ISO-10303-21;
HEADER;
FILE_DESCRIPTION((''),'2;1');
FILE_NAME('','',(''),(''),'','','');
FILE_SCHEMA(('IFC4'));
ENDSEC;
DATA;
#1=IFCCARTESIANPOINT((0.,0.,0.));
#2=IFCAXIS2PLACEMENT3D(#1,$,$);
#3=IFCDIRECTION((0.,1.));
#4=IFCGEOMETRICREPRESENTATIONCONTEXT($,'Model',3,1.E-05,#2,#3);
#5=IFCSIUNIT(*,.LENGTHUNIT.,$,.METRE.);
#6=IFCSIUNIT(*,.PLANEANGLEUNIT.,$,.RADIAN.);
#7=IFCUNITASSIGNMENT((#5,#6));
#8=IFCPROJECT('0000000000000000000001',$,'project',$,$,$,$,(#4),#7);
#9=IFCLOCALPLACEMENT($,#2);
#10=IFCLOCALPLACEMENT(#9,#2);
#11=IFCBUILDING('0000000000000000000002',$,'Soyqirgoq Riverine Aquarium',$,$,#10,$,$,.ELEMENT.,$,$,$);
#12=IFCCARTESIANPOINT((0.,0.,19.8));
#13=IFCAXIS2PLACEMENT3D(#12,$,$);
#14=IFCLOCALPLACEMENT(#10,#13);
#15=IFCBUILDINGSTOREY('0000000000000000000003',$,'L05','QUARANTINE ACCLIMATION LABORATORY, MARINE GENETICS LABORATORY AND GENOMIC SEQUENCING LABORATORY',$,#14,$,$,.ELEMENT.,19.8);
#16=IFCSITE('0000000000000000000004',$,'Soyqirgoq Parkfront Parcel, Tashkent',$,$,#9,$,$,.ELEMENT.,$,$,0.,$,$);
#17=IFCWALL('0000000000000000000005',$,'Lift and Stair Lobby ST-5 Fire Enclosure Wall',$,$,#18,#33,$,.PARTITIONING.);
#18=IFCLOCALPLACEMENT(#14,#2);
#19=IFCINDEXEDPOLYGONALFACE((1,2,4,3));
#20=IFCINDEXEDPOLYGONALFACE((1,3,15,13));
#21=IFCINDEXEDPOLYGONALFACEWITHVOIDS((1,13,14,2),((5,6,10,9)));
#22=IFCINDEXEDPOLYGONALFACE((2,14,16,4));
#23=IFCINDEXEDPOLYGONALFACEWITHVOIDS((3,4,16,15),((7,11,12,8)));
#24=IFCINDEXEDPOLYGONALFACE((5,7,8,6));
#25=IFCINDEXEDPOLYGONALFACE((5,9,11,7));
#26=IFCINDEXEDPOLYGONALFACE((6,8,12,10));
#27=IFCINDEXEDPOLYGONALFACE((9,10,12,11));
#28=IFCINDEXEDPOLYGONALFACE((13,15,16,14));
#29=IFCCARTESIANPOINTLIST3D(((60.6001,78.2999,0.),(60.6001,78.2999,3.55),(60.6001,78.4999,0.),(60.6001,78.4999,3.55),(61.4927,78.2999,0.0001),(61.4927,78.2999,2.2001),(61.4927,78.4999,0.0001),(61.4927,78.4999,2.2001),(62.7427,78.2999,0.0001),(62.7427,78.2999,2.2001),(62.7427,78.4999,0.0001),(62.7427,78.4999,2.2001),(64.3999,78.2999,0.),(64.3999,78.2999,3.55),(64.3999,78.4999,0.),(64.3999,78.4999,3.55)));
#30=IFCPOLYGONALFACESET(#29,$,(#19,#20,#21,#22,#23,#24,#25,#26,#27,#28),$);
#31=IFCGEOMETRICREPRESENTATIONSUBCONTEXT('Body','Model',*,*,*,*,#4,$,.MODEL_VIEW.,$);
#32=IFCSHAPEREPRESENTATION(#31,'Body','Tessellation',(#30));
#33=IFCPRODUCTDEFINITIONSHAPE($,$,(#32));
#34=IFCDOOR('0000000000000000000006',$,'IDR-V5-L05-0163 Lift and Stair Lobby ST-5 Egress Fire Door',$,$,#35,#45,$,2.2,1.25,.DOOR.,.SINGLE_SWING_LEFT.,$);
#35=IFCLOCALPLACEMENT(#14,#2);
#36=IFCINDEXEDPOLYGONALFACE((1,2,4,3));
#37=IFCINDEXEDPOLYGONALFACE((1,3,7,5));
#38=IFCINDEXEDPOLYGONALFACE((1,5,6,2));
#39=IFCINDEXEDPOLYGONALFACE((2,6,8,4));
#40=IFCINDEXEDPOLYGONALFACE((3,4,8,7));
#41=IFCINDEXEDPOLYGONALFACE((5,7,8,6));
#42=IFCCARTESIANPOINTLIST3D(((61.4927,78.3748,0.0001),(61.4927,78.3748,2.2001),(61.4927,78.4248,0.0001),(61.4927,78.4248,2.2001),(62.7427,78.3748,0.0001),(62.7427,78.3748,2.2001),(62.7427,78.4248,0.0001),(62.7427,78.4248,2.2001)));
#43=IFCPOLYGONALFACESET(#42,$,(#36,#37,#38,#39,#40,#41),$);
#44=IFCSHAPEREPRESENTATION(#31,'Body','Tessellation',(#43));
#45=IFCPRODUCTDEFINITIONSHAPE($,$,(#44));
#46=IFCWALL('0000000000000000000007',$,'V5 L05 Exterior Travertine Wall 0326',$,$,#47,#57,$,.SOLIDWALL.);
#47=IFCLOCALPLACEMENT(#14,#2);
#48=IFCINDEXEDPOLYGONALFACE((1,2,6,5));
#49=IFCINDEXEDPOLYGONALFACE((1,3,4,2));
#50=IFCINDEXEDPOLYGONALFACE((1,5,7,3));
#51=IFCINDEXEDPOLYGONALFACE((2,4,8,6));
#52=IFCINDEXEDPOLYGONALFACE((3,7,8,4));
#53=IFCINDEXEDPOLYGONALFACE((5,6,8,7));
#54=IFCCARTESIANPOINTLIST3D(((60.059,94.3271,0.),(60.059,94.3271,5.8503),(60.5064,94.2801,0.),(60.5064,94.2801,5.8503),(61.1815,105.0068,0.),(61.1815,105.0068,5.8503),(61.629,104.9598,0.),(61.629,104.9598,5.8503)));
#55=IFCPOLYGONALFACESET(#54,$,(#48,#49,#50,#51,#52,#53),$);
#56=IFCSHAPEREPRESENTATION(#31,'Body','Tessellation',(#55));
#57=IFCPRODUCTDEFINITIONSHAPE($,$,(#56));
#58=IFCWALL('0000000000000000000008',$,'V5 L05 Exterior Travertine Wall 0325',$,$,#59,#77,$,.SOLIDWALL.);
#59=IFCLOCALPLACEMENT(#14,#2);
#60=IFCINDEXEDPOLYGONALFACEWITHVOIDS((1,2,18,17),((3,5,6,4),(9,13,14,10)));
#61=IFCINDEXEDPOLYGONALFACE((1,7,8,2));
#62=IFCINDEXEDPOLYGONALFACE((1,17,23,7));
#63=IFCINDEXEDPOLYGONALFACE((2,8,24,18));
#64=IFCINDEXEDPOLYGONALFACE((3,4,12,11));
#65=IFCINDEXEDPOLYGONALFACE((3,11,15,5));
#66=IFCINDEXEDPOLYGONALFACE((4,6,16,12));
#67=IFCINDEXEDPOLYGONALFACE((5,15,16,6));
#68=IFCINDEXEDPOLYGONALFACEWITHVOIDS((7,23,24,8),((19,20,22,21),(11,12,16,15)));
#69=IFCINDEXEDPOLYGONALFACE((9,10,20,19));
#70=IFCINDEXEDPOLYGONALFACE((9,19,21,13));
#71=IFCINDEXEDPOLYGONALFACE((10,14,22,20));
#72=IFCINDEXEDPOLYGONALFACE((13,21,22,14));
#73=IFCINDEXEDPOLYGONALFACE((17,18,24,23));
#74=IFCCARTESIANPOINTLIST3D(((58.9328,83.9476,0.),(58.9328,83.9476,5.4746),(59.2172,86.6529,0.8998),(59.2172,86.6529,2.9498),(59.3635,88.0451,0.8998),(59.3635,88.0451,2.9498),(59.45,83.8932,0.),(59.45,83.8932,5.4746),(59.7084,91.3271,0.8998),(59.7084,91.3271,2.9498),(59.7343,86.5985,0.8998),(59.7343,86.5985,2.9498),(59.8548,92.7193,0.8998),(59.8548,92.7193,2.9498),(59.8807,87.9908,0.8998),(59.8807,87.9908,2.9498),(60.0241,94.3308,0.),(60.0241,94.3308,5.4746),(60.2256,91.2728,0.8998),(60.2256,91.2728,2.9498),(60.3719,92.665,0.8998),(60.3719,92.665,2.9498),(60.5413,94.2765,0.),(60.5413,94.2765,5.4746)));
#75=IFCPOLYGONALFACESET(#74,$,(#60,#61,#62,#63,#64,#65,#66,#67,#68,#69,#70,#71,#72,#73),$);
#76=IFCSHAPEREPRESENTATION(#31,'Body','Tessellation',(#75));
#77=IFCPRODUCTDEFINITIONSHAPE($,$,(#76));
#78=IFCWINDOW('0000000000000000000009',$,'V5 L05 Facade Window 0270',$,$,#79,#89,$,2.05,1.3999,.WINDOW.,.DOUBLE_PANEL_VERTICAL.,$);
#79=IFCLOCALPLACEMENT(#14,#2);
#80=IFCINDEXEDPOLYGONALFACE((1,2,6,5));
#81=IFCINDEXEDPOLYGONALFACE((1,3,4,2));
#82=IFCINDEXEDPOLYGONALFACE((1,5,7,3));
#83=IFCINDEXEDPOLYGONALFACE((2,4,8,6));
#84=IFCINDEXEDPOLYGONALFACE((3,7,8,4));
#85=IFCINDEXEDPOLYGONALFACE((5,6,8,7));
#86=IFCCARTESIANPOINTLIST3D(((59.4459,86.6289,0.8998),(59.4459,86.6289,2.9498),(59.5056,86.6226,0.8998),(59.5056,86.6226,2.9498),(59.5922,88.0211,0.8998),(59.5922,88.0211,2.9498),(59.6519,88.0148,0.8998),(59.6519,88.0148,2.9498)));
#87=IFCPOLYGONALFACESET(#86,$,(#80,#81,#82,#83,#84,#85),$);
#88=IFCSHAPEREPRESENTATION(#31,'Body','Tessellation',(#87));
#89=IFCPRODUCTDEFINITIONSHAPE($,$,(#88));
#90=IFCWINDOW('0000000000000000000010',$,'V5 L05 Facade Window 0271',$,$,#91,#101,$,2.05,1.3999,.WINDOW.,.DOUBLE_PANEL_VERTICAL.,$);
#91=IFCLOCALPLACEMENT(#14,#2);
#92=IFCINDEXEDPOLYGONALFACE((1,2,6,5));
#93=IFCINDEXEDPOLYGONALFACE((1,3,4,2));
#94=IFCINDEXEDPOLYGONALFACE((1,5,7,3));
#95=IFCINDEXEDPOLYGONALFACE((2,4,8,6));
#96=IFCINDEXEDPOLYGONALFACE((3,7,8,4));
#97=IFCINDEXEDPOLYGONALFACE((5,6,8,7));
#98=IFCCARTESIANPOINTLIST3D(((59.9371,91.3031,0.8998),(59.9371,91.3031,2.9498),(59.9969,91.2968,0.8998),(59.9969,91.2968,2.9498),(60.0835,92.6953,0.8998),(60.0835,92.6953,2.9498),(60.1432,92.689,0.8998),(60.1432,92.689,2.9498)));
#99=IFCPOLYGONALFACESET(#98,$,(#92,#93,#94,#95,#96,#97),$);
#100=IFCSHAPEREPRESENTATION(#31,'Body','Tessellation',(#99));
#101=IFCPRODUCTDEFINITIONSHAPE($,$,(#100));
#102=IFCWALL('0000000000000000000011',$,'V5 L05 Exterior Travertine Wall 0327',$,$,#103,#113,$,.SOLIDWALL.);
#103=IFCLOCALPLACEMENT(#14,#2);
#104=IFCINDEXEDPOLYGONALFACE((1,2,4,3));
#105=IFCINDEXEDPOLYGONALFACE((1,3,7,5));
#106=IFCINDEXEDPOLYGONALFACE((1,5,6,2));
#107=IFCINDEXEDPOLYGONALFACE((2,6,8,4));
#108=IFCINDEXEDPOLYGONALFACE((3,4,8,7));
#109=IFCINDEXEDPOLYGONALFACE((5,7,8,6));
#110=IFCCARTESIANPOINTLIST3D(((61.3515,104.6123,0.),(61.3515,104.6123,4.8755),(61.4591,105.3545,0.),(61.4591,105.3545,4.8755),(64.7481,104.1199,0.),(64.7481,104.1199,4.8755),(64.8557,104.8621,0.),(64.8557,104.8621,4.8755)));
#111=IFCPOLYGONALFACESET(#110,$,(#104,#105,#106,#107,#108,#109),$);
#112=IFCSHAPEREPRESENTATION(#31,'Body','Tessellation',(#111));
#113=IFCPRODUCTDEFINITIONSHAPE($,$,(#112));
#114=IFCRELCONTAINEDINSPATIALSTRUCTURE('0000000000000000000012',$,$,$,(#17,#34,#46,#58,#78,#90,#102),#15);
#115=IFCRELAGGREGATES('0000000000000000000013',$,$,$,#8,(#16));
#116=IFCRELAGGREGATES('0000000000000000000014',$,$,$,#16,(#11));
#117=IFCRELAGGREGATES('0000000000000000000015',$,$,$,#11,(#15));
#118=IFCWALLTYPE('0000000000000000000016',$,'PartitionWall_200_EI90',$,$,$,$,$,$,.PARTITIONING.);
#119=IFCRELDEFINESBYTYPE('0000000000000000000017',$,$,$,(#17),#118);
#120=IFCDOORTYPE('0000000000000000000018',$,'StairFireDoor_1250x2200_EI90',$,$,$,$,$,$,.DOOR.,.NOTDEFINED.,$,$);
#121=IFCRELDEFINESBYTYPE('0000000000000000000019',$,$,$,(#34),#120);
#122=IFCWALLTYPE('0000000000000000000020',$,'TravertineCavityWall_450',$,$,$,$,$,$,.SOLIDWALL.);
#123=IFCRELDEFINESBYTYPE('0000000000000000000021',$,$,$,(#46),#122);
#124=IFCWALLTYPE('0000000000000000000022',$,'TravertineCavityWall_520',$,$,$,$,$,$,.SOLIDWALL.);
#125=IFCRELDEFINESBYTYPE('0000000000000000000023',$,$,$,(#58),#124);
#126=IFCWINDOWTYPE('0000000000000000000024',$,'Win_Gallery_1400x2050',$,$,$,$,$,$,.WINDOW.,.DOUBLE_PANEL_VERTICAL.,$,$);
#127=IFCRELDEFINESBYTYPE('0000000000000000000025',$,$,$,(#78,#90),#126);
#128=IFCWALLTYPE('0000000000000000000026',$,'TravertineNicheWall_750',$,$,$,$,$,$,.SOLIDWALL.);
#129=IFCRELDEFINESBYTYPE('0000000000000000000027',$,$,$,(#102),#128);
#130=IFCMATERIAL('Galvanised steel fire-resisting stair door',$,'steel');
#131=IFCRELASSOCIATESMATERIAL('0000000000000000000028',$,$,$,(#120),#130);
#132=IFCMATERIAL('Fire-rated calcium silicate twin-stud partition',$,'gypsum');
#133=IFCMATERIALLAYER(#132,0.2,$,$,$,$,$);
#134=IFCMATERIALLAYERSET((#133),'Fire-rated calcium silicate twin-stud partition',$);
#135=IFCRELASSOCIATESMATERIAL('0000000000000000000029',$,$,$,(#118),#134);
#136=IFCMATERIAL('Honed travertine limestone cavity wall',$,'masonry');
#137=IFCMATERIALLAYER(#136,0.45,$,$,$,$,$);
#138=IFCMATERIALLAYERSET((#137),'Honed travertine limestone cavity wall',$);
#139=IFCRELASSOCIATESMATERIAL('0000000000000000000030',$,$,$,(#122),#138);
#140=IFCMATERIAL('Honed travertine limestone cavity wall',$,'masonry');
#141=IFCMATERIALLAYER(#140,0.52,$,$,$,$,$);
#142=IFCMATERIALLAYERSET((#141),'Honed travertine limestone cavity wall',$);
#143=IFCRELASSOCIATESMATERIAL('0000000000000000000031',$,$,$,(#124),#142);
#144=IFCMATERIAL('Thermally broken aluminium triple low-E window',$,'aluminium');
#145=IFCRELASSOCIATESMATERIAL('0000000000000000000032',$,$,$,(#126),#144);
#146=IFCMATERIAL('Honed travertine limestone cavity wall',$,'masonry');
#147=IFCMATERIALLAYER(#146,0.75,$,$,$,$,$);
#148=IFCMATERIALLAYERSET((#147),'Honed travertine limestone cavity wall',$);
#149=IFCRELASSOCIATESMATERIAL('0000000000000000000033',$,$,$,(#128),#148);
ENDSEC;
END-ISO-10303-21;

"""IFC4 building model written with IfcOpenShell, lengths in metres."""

from ifc_helpers import new_model, si_unit, direction, frame, frame_2d, origin, place, context, subcontext, project, spatial, rectangle, extrude, material, layer, layer_set, type_object, element, fill, save


model = new_model("IFC4")

# Units and contexts
model_context = context("Model", 3, precision=1e-05, world=origin(), true_north=direction((0.0, 1.0)))
body_context = subcontext(model_context, "Body", "Model", "MODEL_VIEW")
ifc_project = project(units=[si_unit("LENGTHUNIT", "METRE"), si_unit("PLANEANGLEUNIT", "RADIAN")], contexts=[model_context])

# Site, building, storey
site_placement = place(None, origin())
site = spatial("IfcSite", under=ifc_project, at=site_placement, Name="Soyqirgoq Parkfront Parcel, Tashkent", CompositionType="ELEMENT", RefElevation=0.0)
building_placement = place(site_placement, origin())
building = spatial("IfcBuilding", under=site, at=building_placement, Name="Soyqirgoq Riverine Aquarium", CompositionType="ELEMENT")
storey_placement = place(building_placement, frame((0.0, 0.0, 19.8)))
storey = spatial("IfcBuildingStorey", under=building, at=storey_placement, Name="L05", Description="QUARANTINE ACCLIMATION LABORATORY, MARINE GENETICS LABORATORY AND GENOMIC SEQUENCING LABORATORY", CompositionType="ELEMENT", Elevation=19.8)

# Shared definitions
ifc_material_1 = material(Name="Galvanised steel fire-resisting stair door", Category="steel")
door_type = type_object("IfcDoorType", Name="StairFireDoor_1250x2200_EI90", OperationType="NOTDEFINED", PredefinedType="DOOR", material=ifc_material_1)

# Wall, opening, door
ifc_material_2 = material(Name="Fire-rated calcium silicate twin-stud partition", Category="gypsum")
ifc_layer_1 = layer(ifc_material_2, 0.2)
ifc_layer_set_1 = layer_set([ifc_layer_1], Name="Fire-rated calcium silicate twin-stud partition")
wall_type_1 = type_object("IfcWallType", Name="PartitionWall_200_EI90", PredefinedType="PARTITIONING", material=ifc_layer_set_1)
wall_1_placement = place(storey_placement, frame((60.6001, 78.3999, 0.0), z_axis=(0.0, 0.0, 1.0), x_axis=(1.0, 0.0, 0.0)))
wall_1 = element("IfcWall", 1, at=wall_1_placement, inside=storey, type_object=wall_type_1, Name="Lift and Stair Lobby ST-5 Fire Enclosure Wall", PredefinedType="PARTITIONING", context=body_context, shape_type="SweptSolid", body=[
    extrude(rectangle(XDim=3.7998, YDim=0.2, at=frame_2d((1.8999, 0.0))), origin(), (0.0, 0.0, 1.0), 3.55),
])
opening_1_placement = place(wall_1_placement, frame((0.8926, 0.0, 0.0)))
opening_1 = element("IfcOpeningElement", 2, at=opening_1_placement, cuts=wall_1, PredefinedType="OPENING", context=body_context, shape_type="SweptSolid", body=[
    extrude(rectangle(XDim=1.25, YDim=2.2, at=frame_2d((0.625, 1.1001))), frame((0.0, 0.1099, 0.0), z_axis=(0.0, -1.0, 0.0), x_axis=(1.0, 0.0, 0.0)), (0.0, 0.0, 1.0), 0.22),
])
door_1_placement = place(opening_1_placement, origin())
door_1 = element("IfcDoor", 3, at=door_1_placement, inside=storey, type_object=door_type, Name="IDR-V5-L05-0163 Lift and Stair Lobby ST-5 Egress Fire Door", OperationType="SINGLE_SWING_LEFT", OverallHeight=2.2, OverallWidth=1.25, PredefinedType="DOOR", context=body_context, shape_type="SweptSolid", body=[
    extrude(rectangle(XDim=1.25, YDim=2.2, at=frame_2d((0.625, 1.1001))), frame((0.0, 0.0249, 0.0), z_axis=(0.0, -1.0, 0.0), x_axis=(1.0, 0.0, 0.0)), (0.0, 0.0, 1.0), 0.05),
])
fill(opening_1, door_1)

# Wall
ifc_material_3 = material(Name="Honed travertine limestone cavity wall", Category="masonry")
ifc_layer_2 = layer(ifc_material_3, 0.45)
ifc_layer_set_2 = layer_set([ifc_layer_2], Name="Honed travertine limestone cavity wall")
wall_type_2 = type_object("IfcWallType", Name="TravertineCavityWall_450", PredefinedType="SOLIDWALL", material=ifc_layer_set_2)
wall_2_placement = place(storey_placement, frame((60.2827, 94.3037, 0.0), z_axis=(0.0, 0.0, 1.0), x_axis=(0.104536, 0.994521, 0.0)))
element("IfcWall", 4, at=wall_2_placement, inside=storey, type_object=wall_type_2, Name="V5 L05 Exterior Travertine Wall 0326", PredefinedType="SOLIDWALL", context=body_context, shape_type="SweptSolid", body=[
    extrude(rectangle(XDim=10.7385, YDim=0.45, at=frame_2d((5.3691, 0.0))), origin(), (0.0, 0.0, 1.0), 5.8503),
])

# Wall, openings, windows
ifc_material_4 = material(Name="Honed travertine limestone cavity wall", Category="masonry")
ifc_layer_3 = layer(ifc_material_4, 0.52)
ifc_layer_set_3 = layer_set([ifc_layer_3], Name="Honed travertine limestone cavity wall")
wall_type_3 = type_object("IfcWallType", Name="TravertineCavityWall_520", PredefinedType="SOLIDWALL", material=ifc_layer_set_3)
wall_3_placement = place(storey_placement, frame((59.1914, 83.9204, 0.0), z_axis=(0.0, 0.0, 1.0), x_axis=(0.104527, 0.994522, 0.0)))
wall_3 = element("IfcWall", 5, at=wall_3_placement, inside=storey, type_object=wall_type_3, Name="V5 L05 Exterior Travertine Wall 0325", PredefinedType="SOLIDWALL", context=body_context, shape_type="SweptSolid", body=[
    extrude(rectangle(XDim=10.4404, YDim=0.52, at=frame_2d((5.2202, 0.0))), origin(), (0.0, 0.0, 1.0), 5.4746),
])
opening_2_placement = place(wall_3_placement, frame((2.7202, 0.0, 0.8999)))
opening_2 = element("IfcOpeningElement", 6, at=opening_2_placement, cuts=wall_3, PredefinedType="OPENING", context=body_context, shape_type="SweptSolid", body=[
    extrude(rectangle(XDim=1.3999, YDim=2.05, at=frame_2d((0.7, 1.0249))), frame((0.0, 0.27, 0.0), z_axis=(0.0, -1.0, 0.0), x_axis=(1.0, 0.0, 0.0)), (0.0, 0.0, 1.0), 0.54),
])
opening_3_placement = place(wall_3_placement, frame((7.4202, 0.0, 0.8999)))
opening_3 = element("IfcOpeningElement", 7, at=opening_3_placement, cuts=wall_3, PredefinedType="OPENING", context=body_context, shape_type="SweptSolid", body=[
    extrude(rectangle(XDim=1.3999, YDim=2.05, at=frame_2d((0.7, 1.0249))), frame((0.0, 0.27, 0.0), z_axis=(0.0, -1.0, 0.0), x_axis=(1.0, 0.0, 0.0)), (0.0, 0.0, 1.0), 0.54),
])
ifc_material_5 = material(Name="Thermally broken aluminium triple low-E window", Category="aluminium")
window_type = type_object("IfcWindowType", Name="Win_Gallery_1400x2050", PartitioningType="DOUBLE_PANEL_VERTICAL", PredefinedType="WINDOW", material=ifc_material_5)
window_1_placement = place(opening_2_placement, origin())
window_1 = element("IfcWindow", 8, at=window_1_placement, inside=storey, type_object=window_type, Name="V5 L05 Facade Window 0270", OverallHeight=2.05, OverallWidth=1.3999, PartitioningType="DOUBLE_PANEL_VERTICAL", PredefinedType="WINDOW", context=body_context, shape_type="SweptSolid", body=[
    extrude(rectangle(XDim=1.3999, YDim=2.05, at=frame_2d((0.7, 1.0249))), frame((0.0, 0.03, 0.0), z_axis=(0.0, -1.0, 0.0), x_axis=(1.0, 0.0, 0.0)), (0.0, 0.0, 1.0), 0.0601),
])
fill(opening_2, window_1)
window_2_placement = place(opening_3_placement, origin())
window_2 = element("IfcWindow", 9, at=window_2_placement, inside=storey, type_object=window_type, Name="V5 L05 Facade Window 0271", OverallHeight=2.05, OverallWidth=1.3999, PartitioningType="DOUBLE_PANEL_VERTICAL", PredefinedType="WINDOW", context=body_context, shape_type="SweptSolid", body=[
    extrude(rectangle(XDim=1.3999, YDim=2.05, at=frame_2d((0.7, 1.0249))), frame((0.0, 0.03, 0.0), z_axis=(0.0, -1.0, 0.0), x_axis=(1.0, 0.0, 0.0)), (0.0, 0.0, 1.0), 0.0601),
])
fill(opening_3, window_2)

# Wall
ifc_material_6 = material(Name="Honed travertine limestone cavity wall", Category="masonry")
ifc_layer_4 = layer(ifc_material_6, 0.75)
ifc_layer_set_4 = layer_set([ifc_layer_4], Name="Honed travertine limestone cavity wall")
wall_type_4 = type_object("IfcWallType", Name="TravertineNicheWall_750", PredefinedType="SOLIDWALL", material=ifc_layer_set_4)
wall_4_placement = place(storey_placement, frame((61.4053, 104.9834, 0.0), z_axis=(0.0, 0.0, 1.0), x_axis=(0.989654, -0.143472, 0.0)))
element("IfcWall", 10, at=wall_4_placement, inside=storey, type_object=wall_type_4, Name="V5 L05 Exterior Travertine Wall 0327", PredefinedType="SOLIDWALL", context=body_context, shape_type="SweptSolid", body=[
    extrude(rectangle(XDim=3.4321, YDim=0.75, at=frame_2d((1.7161, 0.0))), origin(), (0.0, 0.0, 1.0), 4.8755),
])

save(model, "model.ifc")
